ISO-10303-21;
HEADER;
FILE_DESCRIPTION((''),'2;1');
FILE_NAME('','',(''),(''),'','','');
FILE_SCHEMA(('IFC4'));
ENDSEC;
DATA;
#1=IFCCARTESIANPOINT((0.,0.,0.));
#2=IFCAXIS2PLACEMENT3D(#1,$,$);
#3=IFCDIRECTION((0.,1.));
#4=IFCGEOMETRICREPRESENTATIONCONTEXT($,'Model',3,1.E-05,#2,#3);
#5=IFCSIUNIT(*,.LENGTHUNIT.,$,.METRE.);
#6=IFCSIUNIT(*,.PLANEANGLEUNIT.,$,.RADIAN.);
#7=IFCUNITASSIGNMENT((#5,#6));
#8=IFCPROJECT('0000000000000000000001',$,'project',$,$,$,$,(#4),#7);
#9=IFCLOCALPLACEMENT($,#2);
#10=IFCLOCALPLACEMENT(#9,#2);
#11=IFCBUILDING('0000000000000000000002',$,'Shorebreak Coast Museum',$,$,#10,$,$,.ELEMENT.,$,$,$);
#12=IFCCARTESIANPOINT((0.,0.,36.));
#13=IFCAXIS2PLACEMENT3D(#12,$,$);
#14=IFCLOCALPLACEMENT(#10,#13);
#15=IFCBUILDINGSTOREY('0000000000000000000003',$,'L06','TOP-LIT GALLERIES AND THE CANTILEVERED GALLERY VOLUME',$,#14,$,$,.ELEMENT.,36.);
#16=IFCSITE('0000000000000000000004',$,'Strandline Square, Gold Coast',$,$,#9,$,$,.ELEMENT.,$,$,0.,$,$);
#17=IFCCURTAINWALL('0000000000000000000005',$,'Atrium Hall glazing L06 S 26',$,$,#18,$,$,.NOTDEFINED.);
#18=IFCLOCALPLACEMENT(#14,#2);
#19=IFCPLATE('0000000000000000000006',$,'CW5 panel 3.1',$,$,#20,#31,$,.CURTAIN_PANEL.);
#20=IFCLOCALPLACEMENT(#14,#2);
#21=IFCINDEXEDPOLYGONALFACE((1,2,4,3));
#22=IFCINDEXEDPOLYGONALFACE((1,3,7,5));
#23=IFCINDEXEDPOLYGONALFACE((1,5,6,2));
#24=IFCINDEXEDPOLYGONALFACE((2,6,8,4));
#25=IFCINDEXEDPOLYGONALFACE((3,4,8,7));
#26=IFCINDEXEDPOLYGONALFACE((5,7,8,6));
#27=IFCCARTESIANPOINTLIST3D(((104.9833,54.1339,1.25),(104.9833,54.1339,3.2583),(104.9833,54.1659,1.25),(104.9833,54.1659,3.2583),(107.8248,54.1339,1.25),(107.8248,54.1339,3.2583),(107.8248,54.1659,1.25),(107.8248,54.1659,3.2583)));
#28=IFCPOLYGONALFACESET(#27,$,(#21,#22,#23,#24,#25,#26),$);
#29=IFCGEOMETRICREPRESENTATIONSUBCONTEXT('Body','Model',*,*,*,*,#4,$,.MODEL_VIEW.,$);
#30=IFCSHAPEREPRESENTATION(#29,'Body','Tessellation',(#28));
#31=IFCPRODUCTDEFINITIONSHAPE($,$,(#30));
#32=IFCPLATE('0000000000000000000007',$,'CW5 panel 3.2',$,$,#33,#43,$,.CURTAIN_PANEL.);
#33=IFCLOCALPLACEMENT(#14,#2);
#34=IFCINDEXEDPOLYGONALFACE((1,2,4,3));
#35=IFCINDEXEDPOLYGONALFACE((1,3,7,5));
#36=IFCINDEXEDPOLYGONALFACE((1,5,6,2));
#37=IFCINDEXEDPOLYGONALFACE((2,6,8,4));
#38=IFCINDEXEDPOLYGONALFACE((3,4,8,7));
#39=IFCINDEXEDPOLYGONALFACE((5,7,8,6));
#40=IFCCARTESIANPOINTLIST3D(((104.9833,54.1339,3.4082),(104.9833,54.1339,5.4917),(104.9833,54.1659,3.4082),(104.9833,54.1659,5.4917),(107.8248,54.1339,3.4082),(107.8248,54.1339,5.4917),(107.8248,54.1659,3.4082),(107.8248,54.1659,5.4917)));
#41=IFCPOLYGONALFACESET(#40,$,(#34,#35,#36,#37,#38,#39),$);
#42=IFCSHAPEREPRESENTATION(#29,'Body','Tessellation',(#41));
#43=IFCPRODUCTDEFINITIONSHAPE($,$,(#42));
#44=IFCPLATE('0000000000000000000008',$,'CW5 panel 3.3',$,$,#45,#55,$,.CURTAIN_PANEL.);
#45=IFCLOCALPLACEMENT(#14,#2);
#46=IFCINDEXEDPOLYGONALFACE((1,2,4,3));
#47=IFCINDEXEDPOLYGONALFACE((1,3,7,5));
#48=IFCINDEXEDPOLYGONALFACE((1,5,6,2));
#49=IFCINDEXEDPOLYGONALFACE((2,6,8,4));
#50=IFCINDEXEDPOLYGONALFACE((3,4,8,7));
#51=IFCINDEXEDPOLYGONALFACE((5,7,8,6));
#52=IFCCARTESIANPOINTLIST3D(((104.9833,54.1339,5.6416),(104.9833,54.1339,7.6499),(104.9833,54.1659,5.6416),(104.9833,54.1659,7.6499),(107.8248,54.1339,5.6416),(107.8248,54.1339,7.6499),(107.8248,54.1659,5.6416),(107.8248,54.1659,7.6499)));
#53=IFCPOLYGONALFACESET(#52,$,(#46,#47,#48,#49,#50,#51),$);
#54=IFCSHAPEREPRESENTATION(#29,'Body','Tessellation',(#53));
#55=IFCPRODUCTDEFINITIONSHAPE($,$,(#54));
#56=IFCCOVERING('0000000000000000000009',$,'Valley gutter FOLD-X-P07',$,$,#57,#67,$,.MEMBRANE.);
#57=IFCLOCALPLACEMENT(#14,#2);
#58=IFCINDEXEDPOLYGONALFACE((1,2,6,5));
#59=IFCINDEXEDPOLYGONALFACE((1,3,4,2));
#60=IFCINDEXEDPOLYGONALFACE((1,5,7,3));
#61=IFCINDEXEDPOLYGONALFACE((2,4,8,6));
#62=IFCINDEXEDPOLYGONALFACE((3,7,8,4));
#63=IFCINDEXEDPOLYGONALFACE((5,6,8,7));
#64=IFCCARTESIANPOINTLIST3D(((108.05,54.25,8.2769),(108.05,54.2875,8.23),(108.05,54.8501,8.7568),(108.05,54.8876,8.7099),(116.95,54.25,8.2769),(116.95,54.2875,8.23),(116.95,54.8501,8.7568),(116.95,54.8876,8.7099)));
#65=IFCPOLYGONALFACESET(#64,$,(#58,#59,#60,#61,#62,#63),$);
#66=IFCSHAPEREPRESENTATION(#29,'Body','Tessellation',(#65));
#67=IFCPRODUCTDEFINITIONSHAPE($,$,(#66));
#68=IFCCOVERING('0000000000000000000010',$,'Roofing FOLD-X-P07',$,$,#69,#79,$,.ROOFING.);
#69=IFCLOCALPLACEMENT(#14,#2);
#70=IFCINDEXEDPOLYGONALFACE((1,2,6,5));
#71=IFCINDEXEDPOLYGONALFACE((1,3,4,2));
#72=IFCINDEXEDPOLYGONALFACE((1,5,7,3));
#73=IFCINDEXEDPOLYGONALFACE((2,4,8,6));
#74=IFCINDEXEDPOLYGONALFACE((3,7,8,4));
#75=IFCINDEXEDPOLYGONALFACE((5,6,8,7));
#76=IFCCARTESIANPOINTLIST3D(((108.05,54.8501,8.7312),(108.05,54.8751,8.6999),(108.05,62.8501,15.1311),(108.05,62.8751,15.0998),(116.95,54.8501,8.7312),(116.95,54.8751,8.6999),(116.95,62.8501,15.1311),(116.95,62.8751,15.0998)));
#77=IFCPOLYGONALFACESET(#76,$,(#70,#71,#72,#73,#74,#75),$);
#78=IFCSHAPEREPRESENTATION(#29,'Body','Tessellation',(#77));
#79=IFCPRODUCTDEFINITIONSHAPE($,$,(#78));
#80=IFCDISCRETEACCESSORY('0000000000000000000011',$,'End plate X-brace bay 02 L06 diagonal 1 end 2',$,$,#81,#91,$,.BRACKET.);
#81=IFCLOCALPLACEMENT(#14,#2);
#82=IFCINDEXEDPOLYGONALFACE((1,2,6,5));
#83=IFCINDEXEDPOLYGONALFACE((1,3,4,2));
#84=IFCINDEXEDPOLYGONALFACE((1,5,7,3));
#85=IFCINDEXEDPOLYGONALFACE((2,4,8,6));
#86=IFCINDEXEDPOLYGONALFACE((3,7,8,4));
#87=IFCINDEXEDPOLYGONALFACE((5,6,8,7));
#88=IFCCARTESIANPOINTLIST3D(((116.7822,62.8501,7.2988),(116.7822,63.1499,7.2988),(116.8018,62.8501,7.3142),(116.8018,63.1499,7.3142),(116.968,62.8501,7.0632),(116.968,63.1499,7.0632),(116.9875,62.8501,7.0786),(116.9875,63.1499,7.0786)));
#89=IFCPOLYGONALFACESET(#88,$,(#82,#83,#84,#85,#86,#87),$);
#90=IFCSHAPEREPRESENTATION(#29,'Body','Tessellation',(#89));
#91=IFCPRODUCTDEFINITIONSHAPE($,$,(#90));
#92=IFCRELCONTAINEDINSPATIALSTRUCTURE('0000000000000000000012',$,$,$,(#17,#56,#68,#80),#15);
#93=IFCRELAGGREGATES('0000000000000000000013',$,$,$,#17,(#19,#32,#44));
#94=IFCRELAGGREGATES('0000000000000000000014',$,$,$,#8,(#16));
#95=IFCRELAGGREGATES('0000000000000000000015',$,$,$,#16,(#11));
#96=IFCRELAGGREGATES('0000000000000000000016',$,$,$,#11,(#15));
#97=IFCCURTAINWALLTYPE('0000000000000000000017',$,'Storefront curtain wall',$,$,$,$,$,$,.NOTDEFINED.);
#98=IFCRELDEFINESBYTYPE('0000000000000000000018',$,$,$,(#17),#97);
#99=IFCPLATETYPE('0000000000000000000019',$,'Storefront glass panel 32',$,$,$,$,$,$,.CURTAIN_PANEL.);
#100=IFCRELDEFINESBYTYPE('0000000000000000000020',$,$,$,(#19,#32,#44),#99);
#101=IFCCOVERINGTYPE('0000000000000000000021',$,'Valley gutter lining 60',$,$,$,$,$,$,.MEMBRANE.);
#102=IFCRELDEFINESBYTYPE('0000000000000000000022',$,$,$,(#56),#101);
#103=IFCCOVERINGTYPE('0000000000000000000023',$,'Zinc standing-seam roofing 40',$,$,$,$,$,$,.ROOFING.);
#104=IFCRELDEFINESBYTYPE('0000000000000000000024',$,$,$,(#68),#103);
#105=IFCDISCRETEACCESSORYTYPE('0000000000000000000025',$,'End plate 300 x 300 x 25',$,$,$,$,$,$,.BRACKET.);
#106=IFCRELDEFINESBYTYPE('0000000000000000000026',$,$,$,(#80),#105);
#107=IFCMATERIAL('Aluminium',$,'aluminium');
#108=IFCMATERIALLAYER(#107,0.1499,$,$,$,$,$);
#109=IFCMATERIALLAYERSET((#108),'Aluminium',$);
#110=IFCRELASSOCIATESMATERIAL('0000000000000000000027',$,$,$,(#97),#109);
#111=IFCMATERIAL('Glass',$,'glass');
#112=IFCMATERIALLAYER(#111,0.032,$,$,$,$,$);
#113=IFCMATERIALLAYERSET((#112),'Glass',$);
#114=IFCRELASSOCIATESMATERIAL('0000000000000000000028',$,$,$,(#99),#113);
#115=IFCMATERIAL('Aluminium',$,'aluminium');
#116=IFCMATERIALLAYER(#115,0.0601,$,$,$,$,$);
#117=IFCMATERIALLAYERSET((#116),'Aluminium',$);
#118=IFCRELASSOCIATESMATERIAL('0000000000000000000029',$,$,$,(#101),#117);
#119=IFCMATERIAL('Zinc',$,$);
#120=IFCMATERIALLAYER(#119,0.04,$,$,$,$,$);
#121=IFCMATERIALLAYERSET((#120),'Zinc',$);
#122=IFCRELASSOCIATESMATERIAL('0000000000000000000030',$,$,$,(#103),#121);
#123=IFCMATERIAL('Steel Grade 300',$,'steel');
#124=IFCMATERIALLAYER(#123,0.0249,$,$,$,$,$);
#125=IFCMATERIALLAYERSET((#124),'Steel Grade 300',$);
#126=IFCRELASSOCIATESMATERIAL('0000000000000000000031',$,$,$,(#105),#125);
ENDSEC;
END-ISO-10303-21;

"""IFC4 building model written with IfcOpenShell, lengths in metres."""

from ifc_helpers import new_model, si_unit, direction, frame, origin, origin_2d, place, context, subcontext, project, spatial, polyline, rectangle, outline, extrude, material, layer, layer_set, type_object, element, aggregate, save


model = new_model("IFC4")

# Units and contexts
model_context = context("Model", 3, precision=1e-05, world=origin(), true_north=direction((0.0, 1.0)))
body_context = subcontext(model_context, "Body", "Model", "MODEL_VIEW")
ifc_project = project(units=[si_unit("LENGTHUNIT", "METRE"), si_unit("PLANEANGLEUNIT", "RADIAN")], contexts=[model_context])

# Site, building, storey
site_placement = place(None, origin())
site = spatial("IfcSite", under=ifc_project, at=site_placement, Name="Strandline Square, Gold Coast", CompositionType="ELEMENT", RefElevation=0.0)
building_placement = place(site_placement, origin())
building = spatial("IfcBuilding", under=site, at=building_placement, Name="Shorebreak Coast Museum", CompositionType="ELEMENT")
storey_placement = place(building_placement, frame((0.0, 0.0, 36.0)))
storey = spatial("IfcBuildingStorey", under=building, at=storey_placement, Name="L06", Description="TOP-LIT GALLERIES AND THE CANTILEVERED GALLERY VOLUME", CompositionType="ELEMENT", Elevation=36.0)

# Curtain wall
ifc_material_1 = material(Name="Aluminium", Category="aluminium")
ifc_layer_1 = layer(ifc_material_1, 0.1499)
ifc_layer_set_1 = layer_set([ifc_layer_1], Name="Aluminium")
curtain_wall_type_1 = type_object("IfcCurtainWallType", Name="Storefront curtain wall", PredefinedType="NOTDEFINED", material=ifc_layer_set_1)
curtain_wall_1_placement = place(storey_placement, origin())
curtain_wall_1 = element("IfcCurtainWall", 1, at=curtain_wall_1_placement, inside=storey, type_object=curtain_wall_type_1, Name="Atrium Hall glazing L06 S 26", PredefinedType="NOTDEFINED")

# Plates
ifc_material_2 = material(Name="Glass", Category="glass")
ifc_layer_2 = layer(ifc_material_2, 0.032)
ifc_layer_set_2 = layer_set([ifc_layer_2], Name="Glass")
plate_type_1 = type_object("IfcPlateType", Name="Storefront glass panel 32", PredefinedType="CURTAIN_PANEL", material=ifc_layer_set_2)
plate_1_placement = place(storey_placement, frame((106.4041, 54.1499, 1.25), z_axis=(0.0, 0.0, 1.0), x_axis=(1.0, 0.0, 0.0)))
plate_1 = element("IfcPlate", 2, at=plate_1_placement, type_object=plate_type_1, Name="CW5 panel 3.1", PredefinedType="CURTAIN_PANEL", context=body_context, shape_type="SweptSolid", body=[
    extrude(rectangle(XDim=2.8416, YDim=0.032, at=origin_2d()), origin(), (0.0, 0.0, 1.0), 2.0083),
])
plate_2_placement = place(storey_placement, frame((106.4041, 54.1499, 3.4082), z_axis=(0.0, 0.0, 1.0), x_axis=(1.0, 0.0, 0.0)))
plate_2 = element("IfcPlate", 3, at=plate_2_placement, type_object=plate_type_1, Name="CW5 panel 3.2", PredefinedType="CURTAIN_PANEL", context=body_context, shape_type="SweptSolid", body=[
    extrude(rectangle(XDim=2.8416, YDim=0.032, at=origin_2d()), origin(), (0.0, 0.0, 1.0), 2.0835),
])
plate_3_placement = place(storey_placement, frame((106.4041, 54.1499, 5.6416), z_axis=(0.0, 0.0, 1.0), x_axis=(1.0, 0.0, 0.0)))
plate_3 = element("IfcPlate", 4, at=plate_3_placement, type_object=plate_type_1, Name="CW5 panel 3.3", PredefinedType="CURTAIN_PANEL", context=body_context, shape_type="SweptSolid", body=[
    extrude(rectangle(XDim=2.8416, YDim=0.032, at=origin_2d()), origin(), (0.0, 0.0, 1.0), 2.0083),
])
aggregate(curtain_wall_1, [plate_1, plate_2, plate_3])

# Coverings
ifc_material_3 = material(Name="Aluminium", Category="aluminium")
ifc_layer_3 = layer(ifc_material_3, 0.0601)
ifc_layer_set_3 = layer_set([ifc_layer_3], Name="Aluminium")
covering_type_1 = type_object("IfcCoveringType", Name="Valley gutter lining 60", PredefinedType="MEMBRANE", material=ifc_layer_set_3)
covering_1_placement = place(storey_placement, frame((108.05, 54.25, 8.2769), z_axis=(0.0, -0.624618, 0.780931), x_axis=(1.0, 0.0, 0.0)))
element("IfcCovering", 5, at=covering_1_placement, inside=storey, type_object=covering_type_1, Name="Valley gutter FOLD-X-P07", PredefinedType="MEMBRANE", context=body_context, shape_type="SweptSolid", body=[
    extrude(outline(polyline([(0.0, 0.0), (8.8999, 0.0), (8.8999, 0.7684), (0.0, 0.7684), (0.0, 0.0)])), origin(), (0.0, 0.0, -1.0), 0.0601),
])
ifc_material_4 = material(Name="Zinc")
ifc_layer_4 = layer(ifc_material_4, 0.04)
ifc_layer_set_4 = layer_set([ifc_layer_4], Name="Zinc")
covering_type_2 = type_object("IfcCoveringType", Name="Zinc standing-seam roofing 40", PredefinedType="ROOFING", material=ifc_layer_set_4)
covering_2_placement = place(storey_placement, frame((108.05, 54.8501, 8.7312), z_axis=(0.0, -0.624689, 0.780873), x_axis=(1.0, 0.0, 0.0)))
element("IfcCovering", 6, at=covering_2_placement, inside=storey, type_object=covering_type_2, Name="Roofing FOLD-X-P07", PredefinedType="ROOFING", context=body_context, shape_type="SweptSolid", body=[
    extrude(outline(polyline([(0.0, 0.0), (8.8999, 0.0), (8.8999, 10.2449), (0.0, 10.2449), (0.0, 0.0)])), origin(), (0.0, 0.0, -1.0), 0.04),
])

# Discrete accessory
ifc_material_5 = material(Name="Steel Grade 300", Category="steel")
ifc_layer_5 = layer(ifc_material_5, 0.0249)
ifc_layer_set_5 = layer_set([ifc_layer_5], Name="Steel Grade 300")
discrete_accessory_type = type_object("IfcDiscreteAccessoryType", Name="End plate 300 x 300 x 25", PredefinedType="BRACKET", material=ifc_layer_set_5)
discrete_accessory_placement = place(storey_placement, frame((116.9875, 62.8501, 7.0786), z_axis=(0.785216, 0.0, 0.619222), x_axis=(0.0, 1.0, 0.0)))
element("IfcDiscreteAccessory", 7, at=discrete_accessory_placement, inside=storey, type_object=discrete_accessory_type, Name="End plate X-brace bay 02 L06 diagonal 1 end 2", PredefinedType="BRACKET", context=body_context, shape_type="SweptSolid", body=[
    extrude(outline(polyline([(0.0, 0.0), (0.2998, 0.0), (0.2998, 0.3), (0.0, 0.3), (0.0, 0.0)])), origin(), (0.0, 0.0, -1.0), 0.0249),
])

save(model, "model.ifc")
